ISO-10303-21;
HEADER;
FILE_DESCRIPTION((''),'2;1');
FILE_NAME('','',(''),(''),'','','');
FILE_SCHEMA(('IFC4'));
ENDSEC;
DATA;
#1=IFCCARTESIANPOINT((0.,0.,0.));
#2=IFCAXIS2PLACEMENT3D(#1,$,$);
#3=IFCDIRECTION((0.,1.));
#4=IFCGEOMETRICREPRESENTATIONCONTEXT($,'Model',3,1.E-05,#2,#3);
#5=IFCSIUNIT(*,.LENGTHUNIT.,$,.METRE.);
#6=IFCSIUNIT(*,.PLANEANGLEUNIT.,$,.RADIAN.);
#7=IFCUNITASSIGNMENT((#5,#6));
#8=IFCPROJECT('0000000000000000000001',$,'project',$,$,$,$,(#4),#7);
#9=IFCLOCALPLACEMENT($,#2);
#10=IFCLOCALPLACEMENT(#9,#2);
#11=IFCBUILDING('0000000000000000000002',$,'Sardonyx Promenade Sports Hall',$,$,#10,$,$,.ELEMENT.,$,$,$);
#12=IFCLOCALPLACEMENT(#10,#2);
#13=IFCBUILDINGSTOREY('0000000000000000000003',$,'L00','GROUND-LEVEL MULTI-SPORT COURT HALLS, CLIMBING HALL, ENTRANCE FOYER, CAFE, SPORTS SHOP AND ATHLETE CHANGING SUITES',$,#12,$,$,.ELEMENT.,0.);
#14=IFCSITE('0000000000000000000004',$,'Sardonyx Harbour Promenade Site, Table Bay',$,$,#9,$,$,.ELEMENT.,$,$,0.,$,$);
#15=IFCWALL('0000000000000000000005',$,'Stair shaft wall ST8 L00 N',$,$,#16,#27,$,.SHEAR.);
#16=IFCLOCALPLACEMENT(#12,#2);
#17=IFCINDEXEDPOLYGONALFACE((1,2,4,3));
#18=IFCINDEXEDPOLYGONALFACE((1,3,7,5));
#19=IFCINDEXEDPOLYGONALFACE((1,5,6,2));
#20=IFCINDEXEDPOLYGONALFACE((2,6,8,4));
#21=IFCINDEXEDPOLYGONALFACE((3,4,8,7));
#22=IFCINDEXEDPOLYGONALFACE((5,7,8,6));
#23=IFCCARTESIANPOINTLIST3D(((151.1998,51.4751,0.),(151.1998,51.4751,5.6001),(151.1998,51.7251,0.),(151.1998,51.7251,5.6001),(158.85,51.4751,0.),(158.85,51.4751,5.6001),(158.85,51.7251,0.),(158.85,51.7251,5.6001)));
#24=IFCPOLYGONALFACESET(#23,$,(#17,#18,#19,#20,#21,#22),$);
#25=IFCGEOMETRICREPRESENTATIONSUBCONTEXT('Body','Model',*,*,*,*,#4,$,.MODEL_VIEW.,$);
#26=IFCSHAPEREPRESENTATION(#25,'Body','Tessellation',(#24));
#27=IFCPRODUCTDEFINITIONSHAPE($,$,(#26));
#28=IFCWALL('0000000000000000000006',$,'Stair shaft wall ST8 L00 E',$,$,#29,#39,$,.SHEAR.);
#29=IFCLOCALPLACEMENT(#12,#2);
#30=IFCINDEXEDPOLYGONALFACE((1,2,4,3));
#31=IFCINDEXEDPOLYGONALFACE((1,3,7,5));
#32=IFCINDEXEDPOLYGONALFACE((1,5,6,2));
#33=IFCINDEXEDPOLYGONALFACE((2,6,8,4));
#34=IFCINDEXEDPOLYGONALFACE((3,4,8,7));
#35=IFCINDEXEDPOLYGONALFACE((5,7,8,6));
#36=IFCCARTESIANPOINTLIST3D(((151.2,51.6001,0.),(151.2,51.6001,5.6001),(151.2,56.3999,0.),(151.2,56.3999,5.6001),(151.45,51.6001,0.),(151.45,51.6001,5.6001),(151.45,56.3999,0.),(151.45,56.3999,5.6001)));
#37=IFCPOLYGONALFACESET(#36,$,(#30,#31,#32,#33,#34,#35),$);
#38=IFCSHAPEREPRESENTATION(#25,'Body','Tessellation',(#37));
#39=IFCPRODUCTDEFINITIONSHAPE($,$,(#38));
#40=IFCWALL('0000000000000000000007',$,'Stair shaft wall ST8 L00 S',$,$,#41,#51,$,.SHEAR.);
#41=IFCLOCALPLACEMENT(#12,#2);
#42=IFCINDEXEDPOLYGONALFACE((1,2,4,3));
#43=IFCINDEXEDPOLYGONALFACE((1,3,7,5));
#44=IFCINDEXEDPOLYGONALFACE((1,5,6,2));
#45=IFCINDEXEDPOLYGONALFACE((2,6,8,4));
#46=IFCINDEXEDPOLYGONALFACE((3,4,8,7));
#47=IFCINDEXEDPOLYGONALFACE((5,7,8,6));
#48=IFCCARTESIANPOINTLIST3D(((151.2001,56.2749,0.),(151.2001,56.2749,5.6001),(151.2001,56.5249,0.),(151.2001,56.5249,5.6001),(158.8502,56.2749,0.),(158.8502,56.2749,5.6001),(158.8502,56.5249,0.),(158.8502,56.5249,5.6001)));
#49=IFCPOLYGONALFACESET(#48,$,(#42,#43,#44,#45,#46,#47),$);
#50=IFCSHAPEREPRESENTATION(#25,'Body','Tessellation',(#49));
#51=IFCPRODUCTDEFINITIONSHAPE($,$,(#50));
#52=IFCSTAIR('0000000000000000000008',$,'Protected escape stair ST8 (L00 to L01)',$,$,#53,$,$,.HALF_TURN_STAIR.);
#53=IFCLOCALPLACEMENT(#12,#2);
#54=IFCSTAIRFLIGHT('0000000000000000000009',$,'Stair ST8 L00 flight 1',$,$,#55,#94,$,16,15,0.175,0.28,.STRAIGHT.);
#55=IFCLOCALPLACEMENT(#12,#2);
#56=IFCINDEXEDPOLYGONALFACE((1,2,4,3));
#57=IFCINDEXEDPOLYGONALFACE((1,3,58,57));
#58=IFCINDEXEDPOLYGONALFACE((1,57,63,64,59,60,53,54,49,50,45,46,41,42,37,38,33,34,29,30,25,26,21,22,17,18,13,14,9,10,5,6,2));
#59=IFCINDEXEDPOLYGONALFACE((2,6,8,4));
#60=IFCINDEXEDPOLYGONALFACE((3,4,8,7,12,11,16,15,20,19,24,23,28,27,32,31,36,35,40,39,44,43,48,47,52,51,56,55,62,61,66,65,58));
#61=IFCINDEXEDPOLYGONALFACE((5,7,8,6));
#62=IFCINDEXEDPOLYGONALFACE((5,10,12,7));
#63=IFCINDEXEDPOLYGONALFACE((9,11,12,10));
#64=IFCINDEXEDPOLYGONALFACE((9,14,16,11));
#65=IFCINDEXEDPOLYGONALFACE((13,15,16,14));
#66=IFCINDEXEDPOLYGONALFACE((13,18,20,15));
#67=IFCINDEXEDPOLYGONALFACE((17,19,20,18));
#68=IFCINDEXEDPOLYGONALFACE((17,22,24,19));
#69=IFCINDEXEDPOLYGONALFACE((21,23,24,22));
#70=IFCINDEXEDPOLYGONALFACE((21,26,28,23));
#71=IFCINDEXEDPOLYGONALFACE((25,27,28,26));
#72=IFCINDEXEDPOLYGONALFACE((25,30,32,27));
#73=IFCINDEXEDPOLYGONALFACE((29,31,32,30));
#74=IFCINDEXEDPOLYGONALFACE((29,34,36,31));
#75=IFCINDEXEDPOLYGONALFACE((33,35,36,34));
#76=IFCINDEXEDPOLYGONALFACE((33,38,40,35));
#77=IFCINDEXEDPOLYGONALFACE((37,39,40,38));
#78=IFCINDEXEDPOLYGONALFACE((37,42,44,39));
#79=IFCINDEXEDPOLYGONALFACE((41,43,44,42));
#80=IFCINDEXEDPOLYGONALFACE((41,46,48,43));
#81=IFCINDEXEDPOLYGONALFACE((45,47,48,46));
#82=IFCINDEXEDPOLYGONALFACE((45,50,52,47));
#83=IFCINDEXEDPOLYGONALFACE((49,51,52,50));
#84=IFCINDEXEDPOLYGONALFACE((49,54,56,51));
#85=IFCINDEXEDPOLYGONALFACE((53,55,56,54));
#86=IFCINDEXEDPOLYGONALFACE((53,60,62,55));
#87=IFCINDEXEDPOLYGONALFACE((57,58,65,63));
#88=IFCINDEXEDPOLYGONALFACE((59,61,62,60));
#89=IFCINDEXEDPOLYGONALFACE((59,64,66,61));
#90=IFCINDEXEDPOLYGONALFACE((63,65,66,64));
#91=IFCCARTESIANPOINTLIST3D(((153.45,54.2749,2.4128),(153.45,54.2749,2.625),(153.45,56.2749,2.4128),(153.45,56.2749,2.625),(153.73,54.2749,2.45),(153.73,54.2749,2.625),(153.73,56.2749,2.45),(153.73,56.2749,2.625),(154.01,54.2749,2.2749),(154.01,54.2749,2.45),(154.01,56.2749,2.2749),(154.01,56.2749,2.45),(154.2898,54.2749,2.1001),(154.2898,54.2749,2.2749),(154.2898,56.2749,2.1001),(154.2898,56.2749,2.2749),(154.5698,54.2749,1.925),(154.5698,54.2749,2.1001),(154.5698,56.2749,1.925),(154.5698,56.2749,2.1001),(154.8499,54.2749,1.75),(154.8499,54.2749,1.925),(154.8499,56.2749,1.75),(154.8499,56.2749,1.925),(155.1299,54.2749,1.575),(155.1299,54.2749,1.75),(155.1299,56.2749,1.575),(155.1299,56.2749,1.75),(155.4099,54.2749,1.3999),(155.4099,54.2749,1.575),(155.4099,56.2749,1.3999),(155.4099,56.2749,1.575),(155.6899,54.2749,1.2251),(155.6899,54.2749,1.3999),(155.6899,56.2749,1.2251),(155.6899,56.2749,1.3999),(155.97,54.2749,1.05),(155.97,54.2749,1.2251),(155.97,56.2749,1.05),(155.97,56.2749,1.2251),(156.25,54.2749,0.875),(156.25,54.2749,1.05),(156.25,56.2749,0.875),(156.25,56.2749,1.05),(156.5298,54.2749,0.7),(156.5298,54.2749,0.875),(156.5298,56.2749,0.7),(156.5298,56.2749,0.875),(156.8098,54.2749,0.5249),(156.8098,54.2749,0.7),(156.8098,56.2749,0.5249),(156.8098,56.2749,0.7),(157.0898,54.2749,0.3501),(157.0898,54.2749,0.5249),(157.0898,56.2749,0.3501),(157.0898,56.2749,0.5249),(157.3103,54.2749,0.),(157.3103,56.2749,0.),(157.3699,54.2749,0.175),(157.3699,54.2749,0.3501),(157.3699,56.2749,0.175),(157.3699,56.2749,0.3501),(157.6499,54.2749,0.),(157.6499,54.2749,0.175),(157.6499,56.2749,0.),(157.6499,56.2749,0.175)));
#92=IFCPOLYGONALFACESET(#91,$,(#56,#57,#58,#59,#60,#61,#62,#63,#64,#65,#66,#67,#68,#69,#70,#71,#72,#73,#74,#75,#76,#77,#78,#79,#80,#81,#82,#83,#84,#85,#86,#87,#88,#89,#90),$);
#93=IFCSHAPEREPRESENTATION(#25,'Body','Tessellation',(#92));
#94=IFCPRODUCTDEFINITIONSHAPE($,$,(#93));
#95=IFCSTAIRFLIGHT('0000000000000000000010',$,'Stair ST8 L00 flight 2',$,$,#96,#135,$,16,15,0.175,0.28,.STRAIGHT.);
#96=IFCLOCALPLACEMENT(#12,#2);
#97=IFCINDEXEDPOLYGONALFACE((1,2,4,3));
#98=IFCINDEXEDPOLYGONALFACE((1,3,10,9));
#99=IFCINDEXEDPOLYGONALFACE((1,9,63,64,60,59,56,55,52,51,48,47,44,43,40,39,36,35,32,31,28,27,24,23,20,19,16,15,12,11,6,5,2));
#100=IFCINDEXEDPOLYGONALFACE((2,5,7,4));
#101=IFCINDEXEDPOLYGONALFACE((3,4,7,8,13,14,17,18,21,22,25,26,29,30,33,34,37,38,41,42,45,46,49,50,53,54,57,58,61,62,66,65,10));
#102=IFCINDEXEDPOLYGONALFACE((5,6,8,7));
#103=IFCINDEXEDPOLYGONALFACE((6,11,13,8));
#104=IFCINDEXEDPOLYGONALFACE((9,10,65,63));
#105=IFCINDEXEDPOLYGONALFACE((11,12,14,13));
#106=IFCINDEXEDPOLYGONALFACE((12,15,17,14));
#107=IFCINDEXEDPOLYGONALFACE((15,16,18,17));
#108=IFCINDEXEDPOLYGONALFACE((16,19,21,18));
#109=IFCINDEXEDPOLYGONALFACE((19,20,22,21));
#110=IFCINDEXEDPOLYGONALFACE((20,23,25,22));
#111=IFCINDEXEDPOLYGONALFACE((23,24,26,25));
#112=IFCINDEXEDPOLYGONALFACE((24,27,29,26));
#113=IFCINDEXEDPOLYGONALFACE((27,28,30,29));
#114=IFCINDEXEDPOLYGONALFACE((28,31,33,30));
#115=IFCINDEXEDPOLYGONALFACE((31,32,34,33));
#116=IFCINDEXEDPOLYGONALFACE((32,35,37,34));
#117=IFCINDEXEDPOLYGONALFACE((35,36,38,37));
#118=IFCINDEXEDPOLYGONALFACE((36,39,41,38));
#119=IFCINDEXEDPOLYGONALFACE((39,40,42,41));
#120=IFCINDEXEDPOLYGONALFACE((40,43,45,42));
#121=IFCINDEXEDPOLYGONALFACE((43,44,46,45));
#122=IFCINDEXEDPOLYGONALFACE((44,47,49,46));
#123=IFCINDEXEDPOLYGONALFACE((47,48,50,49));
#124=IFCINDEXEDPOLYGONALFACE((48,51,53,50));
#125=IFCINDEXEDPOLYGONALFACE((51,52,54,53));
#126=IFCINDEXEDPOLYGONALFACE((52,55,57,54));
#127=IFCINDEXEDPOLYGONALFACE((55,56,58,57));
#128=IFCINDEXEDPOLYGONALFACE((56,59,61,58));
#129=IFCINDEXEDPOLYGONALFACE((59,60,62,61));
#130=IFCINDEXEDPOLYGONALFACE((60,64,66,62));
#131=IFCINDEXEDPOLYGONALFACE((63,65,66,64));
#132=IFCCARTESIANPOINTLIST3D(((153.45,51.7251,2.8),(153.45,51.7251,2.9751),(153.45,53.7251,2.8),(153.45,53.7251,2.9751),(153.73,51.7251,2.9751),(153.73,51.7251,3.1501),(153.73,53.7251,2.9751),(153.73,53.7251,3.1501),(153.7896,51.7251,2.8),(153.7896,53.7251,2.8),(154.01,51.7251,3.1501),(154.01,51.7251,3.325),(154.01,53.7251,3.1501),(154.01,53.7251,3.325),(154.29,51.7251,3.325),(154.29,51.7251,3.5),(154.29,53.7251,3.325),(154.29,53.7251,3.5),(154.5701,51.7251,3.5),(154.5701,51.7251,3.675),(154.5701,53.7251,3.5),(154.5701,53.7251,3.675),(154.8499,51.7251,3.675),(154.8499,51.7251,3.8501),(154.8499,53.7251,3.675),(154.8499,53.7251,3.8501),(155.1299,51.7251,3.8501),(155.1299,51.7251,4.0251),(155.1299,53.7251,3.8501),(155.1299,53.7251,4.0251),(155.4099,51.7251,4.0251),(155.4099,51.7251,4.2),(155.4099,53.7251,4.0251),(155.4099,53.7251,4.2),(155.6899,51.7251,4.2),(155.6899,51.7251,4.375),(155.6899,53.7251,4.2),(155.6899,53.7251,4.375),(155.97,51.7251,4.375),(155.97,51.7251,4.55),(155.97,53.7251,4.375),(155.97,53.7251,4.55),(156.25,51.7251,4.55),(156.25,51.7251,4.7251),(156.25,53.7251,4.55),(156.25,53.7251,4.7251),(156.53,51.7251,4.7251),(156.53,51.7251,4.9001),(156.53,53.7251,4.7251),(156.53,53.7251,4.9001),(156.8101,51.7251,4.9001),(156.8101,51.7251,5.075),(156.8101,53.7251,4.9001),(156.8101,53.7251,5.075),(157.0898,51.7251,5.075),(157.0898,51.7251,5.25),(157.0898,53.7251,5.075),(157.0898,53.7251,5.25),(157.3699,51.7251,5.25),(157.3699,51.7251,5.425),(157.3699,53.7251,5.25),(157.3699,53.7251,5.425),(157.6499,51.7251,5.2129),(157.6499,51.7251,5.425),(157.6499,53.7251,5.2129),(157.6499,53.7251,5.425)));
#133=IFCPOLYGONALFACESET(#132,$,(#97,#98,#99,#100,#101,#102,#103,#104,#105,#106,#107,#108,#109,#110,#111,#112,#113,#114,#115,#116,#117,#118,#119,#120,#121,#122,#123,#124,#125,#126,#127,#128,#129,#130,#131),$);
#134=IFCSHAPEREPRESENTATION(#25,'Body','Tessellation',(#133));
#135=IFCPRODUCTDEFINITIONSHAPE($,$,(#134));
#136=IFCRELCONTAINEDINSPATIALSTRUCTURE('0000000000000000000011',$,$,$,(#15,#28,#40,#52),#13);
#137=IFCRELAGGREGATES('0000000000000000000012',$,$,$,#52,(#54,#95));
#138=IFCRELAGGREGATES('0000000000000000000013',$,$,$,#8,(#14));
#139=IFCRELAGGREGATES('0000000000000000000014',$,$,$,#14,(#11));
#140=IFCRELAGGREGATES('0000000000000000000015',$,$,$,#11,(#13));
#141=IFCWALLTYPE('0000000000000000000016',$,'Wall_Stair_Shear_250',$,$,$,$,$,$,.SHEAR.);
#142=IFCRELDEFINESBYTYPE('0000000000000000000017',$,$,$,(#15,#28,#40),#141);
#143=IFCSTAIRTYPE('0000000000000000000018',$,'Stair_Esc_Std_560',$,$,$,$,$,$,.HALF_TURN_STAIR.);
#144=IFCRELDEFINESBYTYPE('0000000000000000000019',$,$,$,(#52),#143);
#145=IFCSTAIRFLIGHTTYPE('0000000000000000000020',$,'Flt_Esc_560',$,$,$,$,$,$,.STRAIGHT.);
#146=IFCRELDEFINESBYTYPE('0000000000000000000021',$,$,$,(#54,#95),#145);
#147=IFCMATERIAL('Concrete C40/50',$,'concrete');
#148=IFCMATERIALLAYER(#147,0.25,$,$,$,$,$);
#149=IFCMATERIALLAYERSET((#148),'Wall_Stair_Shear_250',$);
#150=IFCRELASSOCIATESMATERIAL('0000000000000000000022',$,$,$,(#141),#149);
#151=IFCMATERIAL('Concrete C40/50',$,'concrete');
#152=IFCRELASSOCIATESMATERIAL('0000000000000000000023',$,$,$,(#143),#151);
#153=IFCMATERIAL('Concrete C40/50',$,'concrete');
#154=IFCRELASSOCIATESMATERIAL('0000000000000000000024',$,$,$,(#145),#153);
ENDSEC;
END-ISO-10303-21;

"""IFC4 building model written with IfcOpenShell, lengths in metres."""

from ifc_helpers import new_model, si_unit, direction, frame, frame_2d, origin, place, context, subcontext, project, spatial, polyline, rectangle, outline, extrude, material, layer, layer_set, type_object, element, aggregate, save


model = new_model("IFC4")

# Units and contexts
model_context = context("Model", 3, precision=1e-05, world=origin(), true_north=direction((0.0, 1.0)))
body_context = subcontext(model_context, "Body", "Model", "MODEL_VIEW")
ifc_project = project(units=[si_unit("LENGTHUNIT", "METRE"), si_unit("PLANEANGLEUNIT", "RADIAN")], contexts=[model_context])

# Site, building, storey
site_placement = place(None, origin())
site = spatial("IfcSite", under=ifc_project, at=site_placement, Name="Sardonyx Harbour Promenade Site, Table Bay", CompositionType="ELEMENT", RefElevation=0.0)
building_placement = place(site_placement, origin())
building = spatial("IfcBuilding", under=site, at=building_placement, Name="Sardonyx Promenade Sports Hall", CompositionType="ELEMENT")
storey_placement = place(building_placement, origin())
storey = spatial("IfcBuildingStorey", under=building, at=storey_placement, Name="L00", Description="GROUND-LEVEL MULTI-SPORT COURT HALLS, CLIMBING HALL, ENTRANCE FOYER, CAFE, SPORTS SHOP AND ATHLETE CHANGING SUITES", CompositionType="ELEMENT", Elevation=0.0)

# Shared definitions
ifc_material_1 = material(Name="Concrete C40/50", Category="concrete")
ifc_layer_1 = layer(ifc_material_1, 0.25)
ifc_layer_set_1 = layer_set([ifc_layer_1], Name="Wall_Stair_Shear_250")
wall_type_1 = type_object("IfcWallType", Name="Wall_Stair_Shear_250", PredefinedType="SHEAR", material=ifc_layer_set_1)

# Walls
wall_1_placement = place(storey_placement, frame((158.8501, 51.6001, 0.0), z_axis=(0.0, 0.0, 1.0), x_axis=(-1.0, 0.0, 0.0)))
element("IfcWall", 1, at=wall_1_placement, inside=storey, type_object=wall_type_1, Name="Stair shaft wall ST8 L00 N", PredefinedType="SHEAR", context=body_context, shape_type="SweptSolid", body=[
    extrude(rectangle(XDim=7.6501, YDim=0.25, at=frame_2d((3.8252, 0.0))), origin(), (0.0, 0.0, 1.0), 5.6001),
])
wall_2_placement = place(storey_placement, frame((151.325, 51.6001, 0.0), z_axis=(0.0, 0.0, 1.0), x_axis=(0.0, 1.0, 0.0)))
element("IfcWall", 2, at=wall_2_placement, inside=storey, type_object=wall_type_1, Name="Stair shaft wall ST8 L00 E", PredefinedType="SHEAR", context=body_context, shape_type="SweptSolid", body=[
    extrude(rectangle(XDim=4.7998, YDim=0.25, at=frame_2d((2.3999, 0.0))), origin(), (0.0, 0.0, 1.0), 5.6001),
])
wall_3_placement = place(storey_placement, frame((151.2, 56.3999, 0.0), z_axis=(0.0, 0.0, 1.0), x_axis=(1.0, 0.0, 0.0)))
element("IfcWall", 3, at=wall_3_placement, inside=storey, type_object=wall_type_1, Name="Stair shaft wall ST8 L00 S", PredefinedType="SHEAR", context=body_context, shape_type="SweptSolid", body=[
    extrude(rectangle(XDim=7.6501, YDim=0.25, at=frame_2d((3.8252, 0.0))), origin(), (0.0, 0.0, 1.0), 5.6001),
])

# Stair, stair flights
ifc_material_2 = material(Name="Concrete C40/50", Category="concrete")
stair_type = type_object("IfcStairType", Name="Stair_Esc_Std_560", PredefinedType="HALF_TURN_STAIR", material=ifc_material_2)
stair_placement = place(storey_placement, origin())
stair = element("IfcStair", 4, at=stair_placement, inside=storey, type_object=stair_type, Name="Protected escape stair ST8 (L00 to L01)", PredefinedType="HALF_TURN_STAIR")
ifc_material_3 = material(Name="Concrete C40/50", Category="concrete")
stair_flight_type = type_object("IfcStairFlightType", Name="Flt_Esc_560", PredefinedType="STRAIGHT", material=ifc_material_3)
stair_flight_1_placement = place(storey_placement, frame((157.6499, 55.2749, 0.0), z_axis=(0.0, 0.0, 1.0), x_axis=(-1.0, 0.0, 0.0)))
stair_flight_1 = element("IfcStairFlight", 5, at=stair_flight_1_placement, type_object=stair_flight_type, Name="Stair ST8 L00 flight 1", NumberOfRisers=16, NumberOfTreads=15, PredefinedType="STRAIGHT", RiserHeight=0.175, TreadLength=0.28, context=body_context, shape_type="SweptSolid", body=[
    extrude(outline(polyline([(0.0, 0.0), (0.0, 0.175), (0.28, 0.175), (0.28, 0.3501), (0.5601, 0.3501), (0.5601, 0.5249), (0.8401, 0.5249), (0.8401, 0.7), (1.1201, 0.7), (1.1201, 0.875), (1.3999, 0.875), (1.3999, 1.05), (1.6799, 1.05), (1.6799, 1.2251), (1.96, 1.2251), (1.96, 1.3999), (2.24, 1.3999), (2.24, 1.575), (2.52, 1.575), (2.52, 1.75), (2.8, 1.75), (2.8, 1.925), (3.0801, 1.925), (3.0801, 2.1001), (3.3601, 2.1001), (3.3601, 2.2749), (3.6399, 2.2749), (3.6399, 2.45), (3.9199, 2.45), (3.9199, 2.625), (4.2, 2.625), (4.2, 2.8), (4.2, 2.4128), (0.3396, 0.0), (0.0, 0.0)])), frame((0.0, 1.0, 0.0), z_axis=(0.0, -1.0, 0.0), x_axis=(1.0, 0.0, 0.0)), (0.0, 0.0, 1.0), 2.0),
])
stair_flight_2_placement = place(storey_placement, frame((153.45, 52.7251, 2.8), z_axis=(0.0, 0.0, 1.0), x_axis=(1.0, 0.0, 0.0)))
stair_flight_2 = element("IfcStairFlight", 6, at=stair_flight_2_placement, type_object=stair_flight_type, Name="Stair ST8 L00 flight 2", NumberOfRisers=16, NumberOfTreads=15, PredefinedType="STRAIGHT", RiserHeight=0.175, TreadLength=0.28, context=body_context, shape_type="SweptSolid", body=[
    extrude(outline(polyline([(0.0, 0.0), (0.0, 0.175), (0.28, 0.175), (0.28, 0.3501), (0.5601, 0.3501), (0.5601, 0.5249), (0.8401, 0.5249), (0.8401, 0.7), (1.1201, 0.7), (1.1201, 0.875), (1.3999, 0.875), (1.3999, 1.05), (1.6799, 1.05), (1.6799, 1.2251), (1.96, 1.2251), (1.96, 1.3999), (2.24, 1.3999), (2.24, 1.575), (2.52, 1.575), (2.52, 1.75), (2.8, 1.75), (2.8, 1.925), (3.0801, 1.925), (3.0801, 2.1001), (3.3601, 2.1001), (3.3601, 2.2749), (3.6399, 2.2749), (3.6399, 2.45), (3.9199, 2.45), (3.9199, 2.625), (4.2, 2.625), (4.2, 2.8), (4.2, 2.4128), (0.3396, 0.0), (0.0, 0.0)])), frame((0.0, 1.0, 0.0), z_axis=(0.0, -1.0, 0.0), x_axis=(1.0, 0.0, 0.0)), (0.0, 0.0, 1.0), 2.0),
])
aggregate(stair, [stair_flight_1, stair_flight_2])

save(model, "model.ifc")
